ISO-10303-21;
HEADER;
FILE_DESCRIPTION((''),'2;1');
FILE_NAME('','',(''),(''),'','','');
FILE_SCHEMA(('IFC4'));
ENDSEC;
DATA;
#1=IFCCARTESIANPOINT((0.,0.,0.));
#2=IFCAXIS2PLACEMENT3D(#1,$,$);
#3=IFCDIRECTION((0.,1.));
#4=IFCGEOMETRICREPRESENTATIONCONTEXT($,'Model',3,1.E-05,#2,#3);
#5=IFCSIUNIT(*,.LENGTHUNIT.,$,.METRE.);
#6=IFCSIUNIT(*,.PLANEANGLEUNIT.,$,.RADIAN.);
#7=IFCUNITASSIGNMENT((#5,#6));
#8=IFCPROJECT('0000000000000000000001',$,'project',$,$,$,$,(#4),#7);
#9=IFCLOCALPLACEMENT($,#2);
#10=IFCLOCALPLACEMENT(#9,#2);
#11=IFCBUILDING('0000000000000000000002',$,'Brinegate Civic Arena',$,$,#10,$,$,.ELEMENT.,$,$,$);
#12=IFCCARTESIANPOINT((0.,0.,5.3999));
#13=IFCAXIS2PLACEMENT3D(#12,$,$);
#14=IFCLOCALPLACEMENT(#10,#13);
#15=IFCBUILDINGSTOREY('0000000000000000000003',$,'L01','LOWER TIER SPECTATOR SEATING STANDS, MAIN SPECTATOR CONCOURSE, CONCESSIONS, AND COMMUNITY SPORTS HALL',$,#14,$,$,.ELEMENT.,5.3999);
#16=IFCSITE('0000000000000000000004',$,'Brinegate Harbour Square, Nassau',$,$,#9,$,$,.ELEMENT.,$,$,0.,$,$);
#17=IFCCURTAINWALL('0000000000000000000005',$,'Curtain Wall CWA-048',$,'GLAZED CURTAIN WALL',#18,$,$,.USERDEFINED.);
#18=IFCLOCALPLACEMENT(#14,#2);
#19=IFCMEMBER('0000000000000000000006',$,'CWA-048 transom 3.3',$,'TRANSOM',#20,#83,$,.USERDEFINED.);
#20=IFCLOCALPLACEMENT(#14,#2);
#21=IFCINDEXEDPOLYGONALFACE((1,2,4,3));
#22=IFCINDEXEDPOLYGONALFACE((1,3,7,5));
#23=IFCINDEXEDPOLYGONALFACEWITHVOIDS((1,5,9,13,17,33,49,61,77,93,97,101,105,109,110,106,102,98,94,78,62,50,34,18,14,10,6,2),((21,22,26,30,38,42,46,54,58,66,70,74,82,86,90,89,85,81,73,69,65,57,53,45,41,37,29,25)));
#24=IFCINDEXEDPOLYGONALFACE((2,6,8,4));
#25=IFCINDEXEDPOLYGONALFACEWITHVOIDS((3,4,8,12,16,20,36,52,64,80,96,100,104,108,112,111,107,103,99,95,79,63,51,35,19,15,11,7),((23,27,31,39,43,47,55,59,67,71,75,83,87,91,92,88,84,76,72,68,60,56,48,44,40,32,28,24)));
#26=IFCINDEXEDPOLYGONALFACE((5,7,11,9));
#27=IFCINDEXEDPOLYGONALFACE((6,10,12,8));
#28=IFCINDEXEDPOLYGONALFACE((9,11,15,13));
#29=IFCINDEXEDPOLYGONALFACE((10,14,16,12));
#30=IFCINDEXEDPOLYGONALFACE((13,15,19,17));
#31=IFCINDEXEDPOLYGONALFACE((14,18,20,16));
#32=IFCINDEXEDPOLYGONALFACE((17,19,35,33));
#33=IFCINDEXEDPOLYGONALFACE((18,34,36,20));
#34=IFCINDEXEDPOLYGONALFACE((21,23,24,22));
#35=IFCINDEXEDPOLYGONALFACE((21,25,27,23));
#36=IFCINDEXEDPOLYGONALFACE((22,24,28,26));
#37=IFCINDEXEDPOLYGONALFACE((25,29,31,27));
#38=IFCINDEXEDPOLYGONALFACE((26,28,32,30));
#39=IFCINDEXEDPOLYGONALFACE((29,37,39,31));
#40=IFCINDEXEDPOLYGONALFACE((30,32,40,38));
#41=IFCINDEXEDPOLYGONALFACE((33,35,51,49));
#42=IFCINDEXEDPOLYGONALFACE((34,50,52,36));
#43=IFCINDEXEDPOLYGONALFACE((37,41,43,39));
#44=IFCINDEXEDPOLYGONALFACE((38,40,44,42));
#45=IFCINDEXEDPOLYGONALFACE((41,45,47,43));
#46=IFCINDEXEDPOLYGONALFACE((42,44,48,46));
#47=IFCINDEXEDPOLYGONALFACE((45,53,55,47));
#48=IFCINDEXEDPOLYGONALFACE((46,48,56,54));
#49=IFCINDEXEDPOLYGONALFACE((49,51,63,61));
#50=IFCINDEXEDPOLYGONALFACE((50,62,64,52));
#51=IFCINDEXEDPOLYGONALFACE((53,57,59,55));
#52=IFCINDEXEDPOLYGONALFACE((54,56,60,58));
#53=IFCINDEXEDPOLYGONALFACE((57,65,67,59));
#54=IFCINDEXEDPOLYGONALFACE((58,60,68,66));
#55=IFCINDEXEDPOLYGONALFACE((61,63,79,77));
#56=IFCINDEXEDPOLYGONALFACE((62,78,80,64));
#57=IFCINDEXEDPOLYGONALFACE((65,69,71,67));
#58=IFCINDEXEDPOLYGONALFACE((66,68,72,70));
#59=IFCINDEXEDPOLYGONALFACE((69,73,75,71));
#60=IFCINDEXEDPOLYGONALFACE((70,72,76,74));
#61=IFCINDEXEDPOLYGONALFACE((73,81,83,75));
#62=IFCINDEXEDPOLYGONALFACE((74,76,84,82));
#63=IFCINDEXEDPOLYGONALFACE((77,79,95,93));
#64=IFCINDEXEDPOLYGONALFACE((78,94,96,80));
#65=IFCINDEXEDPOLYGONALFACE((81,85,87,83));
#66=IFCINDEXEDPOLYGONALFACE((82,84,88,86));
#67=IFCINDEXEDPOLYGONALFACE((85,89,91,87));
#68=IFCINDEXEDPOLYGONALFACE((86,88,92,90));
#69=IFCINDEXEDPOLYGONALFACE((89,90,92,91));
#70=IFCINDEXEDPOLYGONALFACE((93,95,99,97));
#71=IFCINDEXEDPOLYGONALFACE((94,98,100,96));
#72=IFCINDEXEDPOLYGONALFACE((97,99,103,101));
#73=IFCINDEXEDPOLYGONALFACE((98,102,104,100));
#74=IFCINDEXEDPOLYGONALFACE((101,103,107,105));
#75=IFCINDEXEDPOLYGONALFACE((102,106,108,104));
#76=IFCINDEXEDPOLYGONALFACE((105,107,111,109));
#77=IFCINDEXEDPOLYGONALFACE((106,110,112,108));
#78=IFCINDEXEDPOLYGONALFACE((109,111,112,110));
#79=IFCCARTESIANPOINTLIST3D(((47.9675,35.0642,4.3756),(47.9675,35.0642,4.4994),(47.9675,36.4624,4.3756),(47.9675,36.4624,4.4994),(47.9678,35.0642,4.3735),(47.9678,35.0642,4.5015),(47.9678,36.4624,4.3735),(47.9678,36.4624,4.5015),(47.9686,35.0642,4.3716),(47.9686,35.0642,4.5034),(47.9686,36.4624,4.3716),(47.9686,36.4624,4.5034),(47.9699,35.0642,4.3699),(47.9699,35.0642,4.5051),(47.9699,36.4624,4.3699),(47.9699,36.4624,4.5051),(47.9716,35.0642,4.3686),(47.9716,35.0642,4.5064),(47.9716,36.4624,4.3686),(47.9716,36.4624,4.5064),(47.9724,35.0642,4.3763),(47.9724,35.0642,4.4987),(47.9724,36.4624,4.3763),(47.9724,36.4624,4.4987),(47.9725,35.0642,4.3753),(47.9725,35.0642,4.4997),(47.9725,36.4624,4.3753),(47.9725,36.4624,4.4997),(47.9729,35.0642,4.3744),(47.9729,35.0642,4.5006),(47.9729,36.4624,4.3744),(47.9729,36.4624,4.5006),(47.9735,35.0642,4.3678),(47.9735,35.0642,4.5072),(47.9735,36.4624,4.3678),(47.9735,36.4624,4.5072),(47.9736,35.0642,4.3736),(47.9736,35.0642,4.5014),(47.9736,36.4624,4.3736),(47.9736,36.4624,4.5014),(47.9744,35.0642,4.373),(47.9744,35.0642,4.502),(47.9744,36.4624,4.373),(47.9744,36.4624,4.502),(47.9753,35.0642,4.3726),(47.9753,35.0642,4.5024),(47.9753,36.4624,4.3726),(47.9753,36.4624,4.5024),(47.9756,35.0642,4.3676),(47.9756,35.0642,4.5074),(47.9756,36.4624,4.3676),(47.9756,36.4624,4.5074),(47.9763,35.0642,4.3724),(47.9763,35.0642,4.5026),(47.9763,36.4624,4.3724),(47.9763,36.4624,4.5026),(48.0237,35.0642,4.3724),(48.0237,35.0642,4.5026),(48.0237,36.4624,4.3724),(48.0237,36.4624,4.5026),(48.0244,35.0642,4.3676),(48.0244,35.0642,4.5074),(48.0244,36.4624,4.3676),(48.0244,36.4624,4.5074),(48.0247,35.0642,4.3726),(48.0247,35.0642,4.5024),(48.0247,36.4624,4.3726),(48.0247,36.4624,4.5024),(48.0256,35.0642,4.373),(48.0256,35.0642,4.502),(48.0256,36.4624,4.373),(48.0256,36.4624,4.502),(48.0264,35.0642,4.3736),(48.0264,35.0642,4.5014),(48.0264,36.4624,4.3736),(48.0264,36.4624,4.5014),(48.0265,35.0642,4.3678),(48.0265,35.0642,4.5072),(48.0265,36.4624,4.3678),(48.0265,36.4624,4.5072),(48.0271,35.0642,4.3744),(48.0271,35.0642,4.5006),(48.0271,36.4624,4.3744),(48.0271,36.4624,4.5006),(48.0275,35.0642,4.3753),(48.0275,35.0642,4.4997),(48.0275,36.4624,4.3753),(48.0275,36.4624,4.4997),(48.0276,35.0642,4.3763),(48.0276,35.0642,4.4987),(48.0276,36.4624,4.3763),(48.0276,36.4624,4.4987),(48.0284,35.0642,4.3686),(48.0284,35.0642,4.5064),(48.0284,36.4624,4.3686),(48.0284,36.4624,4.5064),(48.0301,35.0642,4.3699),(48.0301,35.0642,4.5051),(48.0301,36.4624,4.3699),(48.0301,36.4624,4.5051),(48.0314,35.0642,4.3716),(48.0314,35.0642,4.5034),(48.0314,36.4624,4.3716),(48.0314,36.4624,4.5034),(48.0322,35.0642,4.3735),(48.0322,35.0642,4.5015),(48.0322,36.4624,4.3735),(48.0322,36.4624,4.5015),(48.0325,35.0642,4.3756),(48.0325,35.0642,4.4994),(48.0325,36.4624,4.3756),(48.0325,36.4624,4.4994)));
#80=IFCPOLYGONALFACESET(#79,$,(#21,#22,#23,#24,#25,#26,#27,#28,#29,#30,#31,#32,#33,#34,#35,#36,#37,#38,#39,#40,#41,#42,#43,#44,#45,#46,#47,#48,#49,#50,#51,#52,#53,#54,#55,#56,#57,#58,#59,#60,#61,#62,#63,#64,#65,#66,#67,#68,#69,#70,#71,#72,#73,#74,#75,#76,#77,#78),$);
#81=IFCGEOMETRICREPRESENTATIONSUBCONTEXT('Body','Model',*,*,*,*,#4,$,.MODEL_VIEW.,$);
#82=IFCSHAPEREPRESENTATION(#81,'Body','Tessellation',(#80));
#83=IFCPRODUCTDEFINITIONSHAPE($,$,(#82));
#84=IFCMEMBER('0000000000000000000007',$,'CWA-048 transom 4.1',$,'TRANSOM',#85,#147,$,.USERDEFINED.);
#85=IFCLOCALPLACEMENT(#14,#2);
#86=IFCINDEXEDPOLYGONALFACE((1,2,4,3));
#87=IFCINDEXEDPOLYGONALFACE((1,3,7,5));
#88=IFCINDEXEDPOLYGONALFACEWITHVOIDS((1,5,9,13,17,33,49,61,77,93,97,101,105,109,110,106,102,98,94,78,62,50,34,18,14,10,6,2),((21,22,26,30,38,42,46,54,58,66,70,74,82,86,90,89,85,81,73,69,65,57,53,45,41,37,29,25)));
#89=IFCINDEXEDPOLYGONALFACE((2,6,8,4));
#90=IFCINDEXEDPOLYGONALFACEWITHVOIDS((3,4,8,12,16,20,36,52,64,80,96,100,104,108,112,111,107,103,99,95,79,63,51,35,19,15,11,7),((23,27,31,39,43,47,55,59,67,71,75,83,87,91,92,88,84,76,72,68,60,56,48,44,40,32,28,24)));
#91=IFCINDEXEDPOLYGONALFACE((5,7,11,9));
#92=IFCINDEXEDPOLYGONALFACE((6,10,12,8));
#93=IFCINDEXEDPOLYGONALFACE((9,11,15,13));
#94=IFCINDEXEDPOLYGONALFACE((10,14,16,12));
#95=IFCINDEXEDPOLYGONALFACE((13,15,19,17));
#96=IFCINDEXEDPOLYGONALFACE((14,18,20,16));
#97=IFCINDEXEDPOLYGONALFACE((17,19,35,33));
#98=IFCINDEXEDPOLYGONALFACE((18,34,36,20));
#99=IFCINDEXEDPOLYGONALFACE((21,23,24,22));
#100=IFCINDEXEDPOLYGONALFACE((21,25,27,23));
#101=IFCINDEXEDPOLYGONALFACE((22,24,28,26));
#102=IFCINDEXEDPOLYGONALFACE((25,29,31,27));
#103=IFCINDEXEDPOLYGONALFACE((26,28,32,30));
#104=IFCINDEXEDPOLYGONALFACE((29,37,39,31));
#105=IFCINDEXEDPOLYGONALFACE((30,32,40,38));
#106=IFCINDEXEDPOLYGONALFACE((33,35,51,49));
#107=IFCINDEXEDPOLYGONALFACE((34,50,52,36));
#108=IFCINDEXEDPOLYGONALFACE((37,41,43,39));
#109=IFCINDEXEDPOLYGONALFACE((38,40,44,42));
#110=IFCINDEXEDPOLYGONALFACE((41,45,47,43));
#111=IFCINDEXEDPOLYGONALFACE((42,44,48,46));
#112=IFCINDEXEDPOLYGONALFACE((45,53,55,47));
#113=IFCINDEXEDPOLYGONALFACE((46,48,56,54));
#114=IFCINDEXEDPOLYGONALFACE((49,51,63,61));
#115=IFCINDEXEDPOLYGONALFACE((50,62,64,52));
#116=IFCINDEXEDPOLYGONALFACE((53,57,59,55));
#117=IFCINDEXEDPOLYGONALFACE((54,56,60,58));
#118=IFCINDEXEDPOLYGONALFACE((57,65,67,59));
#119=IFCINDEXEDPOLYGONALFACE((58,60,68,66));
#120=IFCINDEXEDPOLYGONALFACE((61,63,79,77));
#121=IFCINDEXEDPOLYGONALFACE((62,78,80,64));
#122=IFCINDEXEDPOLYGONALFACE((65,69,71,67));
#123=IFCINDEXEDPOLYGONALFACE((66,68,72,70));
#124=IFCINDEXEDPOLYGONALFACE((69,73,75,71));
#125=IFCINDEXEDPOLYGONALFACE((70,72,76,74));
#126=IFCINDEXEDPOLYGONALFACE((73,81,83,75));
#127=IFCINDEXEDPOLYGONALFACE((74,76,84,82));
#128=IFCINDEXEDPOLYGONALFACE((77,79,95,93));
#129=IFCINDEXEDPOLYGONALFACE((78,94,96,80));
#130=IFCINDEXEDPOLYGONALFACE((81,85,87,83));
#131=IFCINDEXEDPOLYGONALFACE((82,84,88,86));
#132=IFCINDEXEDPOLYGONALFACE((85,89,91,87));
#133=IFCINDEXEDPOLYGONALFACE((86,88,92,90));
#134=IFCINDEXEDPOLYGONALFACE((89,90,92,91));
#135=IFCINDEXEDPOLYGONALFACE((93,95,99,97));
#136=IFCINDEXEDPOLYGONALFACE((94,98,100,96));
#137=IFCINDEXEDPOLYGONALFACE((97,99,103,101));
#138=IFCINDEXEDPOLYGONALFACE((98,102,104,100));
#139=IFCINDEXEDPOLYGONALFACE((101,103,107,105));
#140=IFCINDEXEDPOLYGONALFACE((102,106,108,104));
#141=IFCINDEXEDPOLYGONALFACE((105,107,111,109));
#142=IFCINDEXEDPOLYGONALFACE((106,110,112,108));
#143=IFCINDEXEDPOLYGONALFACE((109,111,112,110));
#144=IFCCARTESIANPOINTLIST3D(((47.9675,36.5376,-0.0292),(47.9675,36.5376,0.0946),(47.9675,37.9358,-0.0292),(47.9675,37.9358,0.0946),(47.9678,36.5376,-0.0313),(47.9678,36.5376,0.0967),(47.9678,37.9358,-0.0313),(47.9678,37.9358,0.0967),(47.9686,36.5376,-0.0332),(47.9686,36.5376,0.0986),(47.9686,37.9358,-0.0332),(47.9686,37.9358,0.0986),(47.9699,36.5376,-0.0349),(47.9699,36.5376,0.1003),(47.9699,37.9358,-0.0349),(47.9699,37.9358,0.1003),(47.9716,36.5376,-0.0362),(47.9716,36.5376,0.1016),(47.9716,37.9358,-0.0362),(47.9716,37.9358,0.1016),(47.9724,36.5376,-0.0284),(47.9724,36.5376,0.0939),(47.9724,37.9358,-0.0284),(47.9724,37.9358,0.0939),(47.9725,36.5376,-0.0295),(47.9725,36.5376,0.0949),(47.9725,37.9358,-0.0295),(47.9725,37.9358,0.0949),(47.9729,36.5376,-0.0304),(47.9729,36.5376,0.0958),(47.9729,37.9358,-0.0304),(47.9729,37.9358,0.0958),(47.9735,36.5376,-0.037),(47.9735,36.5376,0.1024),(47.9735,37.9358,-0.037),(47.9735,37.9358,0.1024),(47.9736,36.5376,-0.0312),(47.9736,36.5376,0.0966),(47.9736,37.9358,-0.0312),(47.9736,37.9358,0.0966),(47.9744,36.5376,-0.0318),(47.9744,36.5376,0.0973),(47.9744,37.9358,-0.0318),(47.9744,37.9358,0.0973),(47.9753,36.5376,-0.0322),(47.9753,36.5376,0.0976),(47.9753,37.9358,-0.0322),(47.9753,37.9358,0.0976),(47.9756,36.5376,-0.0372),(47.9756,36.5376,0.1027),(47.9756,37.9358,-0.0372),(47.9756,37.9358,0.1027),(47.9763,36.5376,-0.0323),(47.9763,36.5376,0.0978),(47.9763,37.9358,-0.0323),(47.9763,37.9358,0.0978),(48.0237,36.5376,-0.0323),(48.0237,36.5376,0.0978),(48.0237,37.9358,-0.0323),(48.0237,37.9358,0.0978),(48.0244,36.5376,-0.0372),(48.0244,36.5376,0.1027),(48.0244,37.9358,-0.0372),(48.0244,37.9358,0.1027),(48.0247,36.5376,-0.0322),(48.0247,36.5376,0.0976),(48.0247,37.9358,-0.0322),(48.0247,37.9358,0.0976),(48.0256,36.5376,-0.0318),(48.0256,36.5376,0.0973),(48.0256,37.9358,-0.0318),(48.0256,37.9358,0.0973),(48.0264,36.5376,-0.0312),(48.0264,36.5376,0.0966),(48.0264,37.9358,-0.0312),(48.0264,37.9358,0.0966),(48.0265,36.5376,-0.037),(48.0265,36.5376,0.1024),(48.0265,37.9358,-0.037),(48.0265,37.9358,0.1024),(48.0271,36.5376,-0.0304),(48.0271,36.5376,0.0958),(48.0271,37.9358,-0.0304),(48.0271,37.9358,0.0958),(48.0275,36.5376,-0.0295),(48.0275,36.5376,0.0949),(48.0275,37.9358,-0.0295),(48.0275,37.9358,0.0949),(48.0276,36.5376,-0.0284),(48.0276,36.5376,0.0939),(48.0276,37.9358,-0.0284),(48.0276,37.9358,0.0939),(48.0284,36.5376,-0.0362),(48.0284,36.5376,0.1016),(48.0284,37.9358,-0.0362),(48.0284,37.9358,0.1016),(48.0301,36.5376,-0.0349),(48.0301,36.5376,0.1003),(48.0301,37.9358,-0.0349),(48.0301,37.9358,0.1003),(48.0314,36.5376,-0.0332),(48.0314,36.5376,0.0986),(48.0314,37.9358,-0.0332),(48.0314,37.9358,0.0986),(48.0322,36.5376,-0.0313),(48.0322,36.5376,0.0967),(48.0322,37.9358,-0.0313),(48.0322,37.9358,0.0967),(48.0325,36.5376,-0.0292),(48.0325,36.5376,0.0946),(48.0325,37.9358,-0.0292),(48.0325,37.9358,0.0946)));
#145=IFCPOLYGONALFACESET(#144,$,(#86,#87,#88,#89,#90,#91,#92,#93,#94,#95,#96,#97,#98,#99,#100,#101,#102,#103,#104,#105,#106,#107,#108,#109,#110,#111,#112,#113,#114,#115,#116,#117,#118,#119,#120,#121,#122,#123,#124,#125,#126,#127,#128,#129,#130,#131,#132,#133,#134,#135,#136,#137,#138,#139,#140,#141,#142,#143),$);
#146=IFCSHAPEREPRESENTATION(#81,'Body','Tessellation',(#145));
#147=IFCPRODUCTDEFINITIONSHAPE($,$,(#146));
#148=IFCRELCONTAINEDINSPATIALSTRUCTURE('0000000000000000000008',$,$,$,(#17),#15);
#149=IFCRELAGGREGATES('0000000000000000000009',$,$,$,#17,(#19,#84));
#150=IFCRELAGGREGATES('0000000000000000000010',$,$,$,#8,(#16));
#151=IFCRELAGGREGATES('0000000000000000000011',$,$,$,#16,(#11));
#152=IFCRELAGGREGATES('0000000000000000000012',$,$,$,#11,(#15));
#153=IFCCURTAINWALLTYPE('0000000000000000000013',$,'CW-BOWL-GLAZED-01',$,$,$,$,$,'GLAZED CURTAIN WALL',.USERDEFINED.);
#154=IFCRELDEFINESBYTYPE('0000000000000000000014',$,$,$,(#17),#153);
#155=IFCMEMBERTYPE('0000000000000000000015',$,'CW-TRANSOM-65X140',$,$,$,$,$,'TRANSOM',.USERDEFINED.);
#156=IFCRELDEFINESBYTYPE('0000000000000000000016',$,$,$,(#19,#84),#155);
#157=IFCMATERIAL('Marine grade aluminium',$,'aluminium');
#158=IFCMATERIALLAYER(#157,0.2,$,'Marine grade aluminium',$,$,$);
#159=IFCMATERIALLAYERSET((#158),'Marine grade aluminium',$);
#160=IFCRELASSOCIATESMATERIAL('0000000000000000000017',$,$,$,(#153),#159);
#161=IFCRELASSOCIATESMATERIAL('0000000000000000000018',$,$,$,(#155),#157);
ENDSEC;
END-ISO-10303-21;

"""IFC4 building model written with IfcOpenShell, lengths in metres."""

from ifc_helpers import new_model, si_unit, direction, frame, origin, origin_2d, place, context, subcontext, project, spatial, hollow_rectangle, extrude, material, layer, layer_set, material_profile, profile_set, type_object, element, aggregate, save


model = new_model("IFC4")

# Units and contexts
model_context = context("Model", 3, precision=1e-05, world=origin(), true_north=direction((0.0, 1.0)))
body_context = subcontext(model_context, "Body", "Model", "MODEL_VIEW")
ifc_project = project(units=[si_unit("LENGTHUNIT", "METRE"), si_unit("PLANEANGLEUNIT", "RADIAN")], contexts=[model_context])

# Site, building, storey
site_placement = place(None, origin())
site = spatial("IfcSite", under=ifc_project, at=site_placement, Name="Brinegate Harbour Square, Nassau", CompositionType="ELEMENT", RefElevation=0.0)
building_placement = place(site_placement, origin())
building = spatial("IfcBuilding", under=site, at=building_placement, Name="Brinegate Civic Arena", CompositionType="ELEMENT")
storey_placement = place(building_placement, frame((0.0, 0.0, 5.3999)))
storey = spatial("IfcBuildingStorey", under=building, at=storey_placement, Name="L01", Description="LOWER TIER SPECTATOR SEATING STANDS, MAIN SPECTATOR CONCOURSE, CONCESSIONS, AND COMMUNITY SPORTS HALL", CompositionType="ELEMENT", Elevation=5.3999)

# Curtain wall, members
ifc_material_1 = material(Name="Marine grade aluminium", Category="aluminium")
ifc_layer_1 = layer(ifc_material_1, 0.2, Name="Marine grade aluminium")
ifc_layer_set_1 = layer_set([ifc_layer_1], Name="Marine grade aluminium")
curtain_wall_type = type_object("IfcCurtainWallType", Name="CW-BOWL-GLAZED-01", ElementType="GLAZED CURTAIN WALL", PredefinedType="USERDEFINED", material=ifc_layer_set_1)
curtain_wall_placement = place(storey_placement, origin())
curtain_wall = element("IfcCurtainWall", 1, at=curtain_wall_placement, inside=storey, type_object=curtain_wall_type, Name="Curtain Wall CWA-048", ObjectType="GLAZED CURTAIN WALL", PredefinedType="USERDEFINED")
ifc_material_profile_1 = material_profile(ifc_material_1, hollow_rectangle(XDim=0.0649, YDim=0.1399, WallThickness=0.0049, InnerFilletRadius=0.0039, OuterFilletRadius=0.0081, at=origin_2d()), Name="TRN65X140")
ifc_profile_set_1 = profile_set([ifc_material_profile_1], Name="Marine grade aluminium")
member_type_1 = type_object("IfcMemberType", Name="CW-TRANSOM-65X140", ElementType="TRANSOM", PredefinedType="USERDEFINED", material=ifc_profile_set_1)
member_1_placement = place(storey_placement, frame((48.0, 35.0642, 4.4375), z_axis=(0.0, 1.0, 0.0), x_axis=(-1.0, 0.0, 0.0)))
member_1 = element("IfcMember", 2, at=member_1_placement, type_object=member_type_1, Name="CWA-048 transom 3.3", ObjectType="TRANSOM", PredefinedType="USERDEFINED", context=body_context, shape_type="SweptSolid", body=[
    extrude(hollow_rectangle(XDim=0.0649, YDim=0.1399, WallThickness=0.0049, InnerFilletRadius=0.0039, OuterFilletRadius=0.0081, at=origin_2d()), origin(), (0.0, 0.0, 1.0), 1.3982),
])
member_2_placement = place(storey_placement, frame((48.0, 36.5376, 0.0327), z_axis=(0.0, 1.0, 0.0), x_axis=(-1.0, 0.0, 0.0)))
member_2 = element("IfcMember", 3, at=member_2_placement, type_object=member_type_1, Name="CWA-048 transom 4.1", ObjectType="TRANSOM", PredefinedType="USERDEFINED", context=body_context, shape_type="SweptSolid", body=[
    extrude(hollow_rectangle(XDim=0.0649, YDim=0.1399, WallThickness=0.0049, InnerFilletRadius=0.0039, OuterFilletRadius=0.0081, at=origin_2d()), origin(), (0.0, 0.0, 1.0), 1.3982),
])
aggregate(curtain_wall, [member_1, member_2])

save(model, "model.ifc")
